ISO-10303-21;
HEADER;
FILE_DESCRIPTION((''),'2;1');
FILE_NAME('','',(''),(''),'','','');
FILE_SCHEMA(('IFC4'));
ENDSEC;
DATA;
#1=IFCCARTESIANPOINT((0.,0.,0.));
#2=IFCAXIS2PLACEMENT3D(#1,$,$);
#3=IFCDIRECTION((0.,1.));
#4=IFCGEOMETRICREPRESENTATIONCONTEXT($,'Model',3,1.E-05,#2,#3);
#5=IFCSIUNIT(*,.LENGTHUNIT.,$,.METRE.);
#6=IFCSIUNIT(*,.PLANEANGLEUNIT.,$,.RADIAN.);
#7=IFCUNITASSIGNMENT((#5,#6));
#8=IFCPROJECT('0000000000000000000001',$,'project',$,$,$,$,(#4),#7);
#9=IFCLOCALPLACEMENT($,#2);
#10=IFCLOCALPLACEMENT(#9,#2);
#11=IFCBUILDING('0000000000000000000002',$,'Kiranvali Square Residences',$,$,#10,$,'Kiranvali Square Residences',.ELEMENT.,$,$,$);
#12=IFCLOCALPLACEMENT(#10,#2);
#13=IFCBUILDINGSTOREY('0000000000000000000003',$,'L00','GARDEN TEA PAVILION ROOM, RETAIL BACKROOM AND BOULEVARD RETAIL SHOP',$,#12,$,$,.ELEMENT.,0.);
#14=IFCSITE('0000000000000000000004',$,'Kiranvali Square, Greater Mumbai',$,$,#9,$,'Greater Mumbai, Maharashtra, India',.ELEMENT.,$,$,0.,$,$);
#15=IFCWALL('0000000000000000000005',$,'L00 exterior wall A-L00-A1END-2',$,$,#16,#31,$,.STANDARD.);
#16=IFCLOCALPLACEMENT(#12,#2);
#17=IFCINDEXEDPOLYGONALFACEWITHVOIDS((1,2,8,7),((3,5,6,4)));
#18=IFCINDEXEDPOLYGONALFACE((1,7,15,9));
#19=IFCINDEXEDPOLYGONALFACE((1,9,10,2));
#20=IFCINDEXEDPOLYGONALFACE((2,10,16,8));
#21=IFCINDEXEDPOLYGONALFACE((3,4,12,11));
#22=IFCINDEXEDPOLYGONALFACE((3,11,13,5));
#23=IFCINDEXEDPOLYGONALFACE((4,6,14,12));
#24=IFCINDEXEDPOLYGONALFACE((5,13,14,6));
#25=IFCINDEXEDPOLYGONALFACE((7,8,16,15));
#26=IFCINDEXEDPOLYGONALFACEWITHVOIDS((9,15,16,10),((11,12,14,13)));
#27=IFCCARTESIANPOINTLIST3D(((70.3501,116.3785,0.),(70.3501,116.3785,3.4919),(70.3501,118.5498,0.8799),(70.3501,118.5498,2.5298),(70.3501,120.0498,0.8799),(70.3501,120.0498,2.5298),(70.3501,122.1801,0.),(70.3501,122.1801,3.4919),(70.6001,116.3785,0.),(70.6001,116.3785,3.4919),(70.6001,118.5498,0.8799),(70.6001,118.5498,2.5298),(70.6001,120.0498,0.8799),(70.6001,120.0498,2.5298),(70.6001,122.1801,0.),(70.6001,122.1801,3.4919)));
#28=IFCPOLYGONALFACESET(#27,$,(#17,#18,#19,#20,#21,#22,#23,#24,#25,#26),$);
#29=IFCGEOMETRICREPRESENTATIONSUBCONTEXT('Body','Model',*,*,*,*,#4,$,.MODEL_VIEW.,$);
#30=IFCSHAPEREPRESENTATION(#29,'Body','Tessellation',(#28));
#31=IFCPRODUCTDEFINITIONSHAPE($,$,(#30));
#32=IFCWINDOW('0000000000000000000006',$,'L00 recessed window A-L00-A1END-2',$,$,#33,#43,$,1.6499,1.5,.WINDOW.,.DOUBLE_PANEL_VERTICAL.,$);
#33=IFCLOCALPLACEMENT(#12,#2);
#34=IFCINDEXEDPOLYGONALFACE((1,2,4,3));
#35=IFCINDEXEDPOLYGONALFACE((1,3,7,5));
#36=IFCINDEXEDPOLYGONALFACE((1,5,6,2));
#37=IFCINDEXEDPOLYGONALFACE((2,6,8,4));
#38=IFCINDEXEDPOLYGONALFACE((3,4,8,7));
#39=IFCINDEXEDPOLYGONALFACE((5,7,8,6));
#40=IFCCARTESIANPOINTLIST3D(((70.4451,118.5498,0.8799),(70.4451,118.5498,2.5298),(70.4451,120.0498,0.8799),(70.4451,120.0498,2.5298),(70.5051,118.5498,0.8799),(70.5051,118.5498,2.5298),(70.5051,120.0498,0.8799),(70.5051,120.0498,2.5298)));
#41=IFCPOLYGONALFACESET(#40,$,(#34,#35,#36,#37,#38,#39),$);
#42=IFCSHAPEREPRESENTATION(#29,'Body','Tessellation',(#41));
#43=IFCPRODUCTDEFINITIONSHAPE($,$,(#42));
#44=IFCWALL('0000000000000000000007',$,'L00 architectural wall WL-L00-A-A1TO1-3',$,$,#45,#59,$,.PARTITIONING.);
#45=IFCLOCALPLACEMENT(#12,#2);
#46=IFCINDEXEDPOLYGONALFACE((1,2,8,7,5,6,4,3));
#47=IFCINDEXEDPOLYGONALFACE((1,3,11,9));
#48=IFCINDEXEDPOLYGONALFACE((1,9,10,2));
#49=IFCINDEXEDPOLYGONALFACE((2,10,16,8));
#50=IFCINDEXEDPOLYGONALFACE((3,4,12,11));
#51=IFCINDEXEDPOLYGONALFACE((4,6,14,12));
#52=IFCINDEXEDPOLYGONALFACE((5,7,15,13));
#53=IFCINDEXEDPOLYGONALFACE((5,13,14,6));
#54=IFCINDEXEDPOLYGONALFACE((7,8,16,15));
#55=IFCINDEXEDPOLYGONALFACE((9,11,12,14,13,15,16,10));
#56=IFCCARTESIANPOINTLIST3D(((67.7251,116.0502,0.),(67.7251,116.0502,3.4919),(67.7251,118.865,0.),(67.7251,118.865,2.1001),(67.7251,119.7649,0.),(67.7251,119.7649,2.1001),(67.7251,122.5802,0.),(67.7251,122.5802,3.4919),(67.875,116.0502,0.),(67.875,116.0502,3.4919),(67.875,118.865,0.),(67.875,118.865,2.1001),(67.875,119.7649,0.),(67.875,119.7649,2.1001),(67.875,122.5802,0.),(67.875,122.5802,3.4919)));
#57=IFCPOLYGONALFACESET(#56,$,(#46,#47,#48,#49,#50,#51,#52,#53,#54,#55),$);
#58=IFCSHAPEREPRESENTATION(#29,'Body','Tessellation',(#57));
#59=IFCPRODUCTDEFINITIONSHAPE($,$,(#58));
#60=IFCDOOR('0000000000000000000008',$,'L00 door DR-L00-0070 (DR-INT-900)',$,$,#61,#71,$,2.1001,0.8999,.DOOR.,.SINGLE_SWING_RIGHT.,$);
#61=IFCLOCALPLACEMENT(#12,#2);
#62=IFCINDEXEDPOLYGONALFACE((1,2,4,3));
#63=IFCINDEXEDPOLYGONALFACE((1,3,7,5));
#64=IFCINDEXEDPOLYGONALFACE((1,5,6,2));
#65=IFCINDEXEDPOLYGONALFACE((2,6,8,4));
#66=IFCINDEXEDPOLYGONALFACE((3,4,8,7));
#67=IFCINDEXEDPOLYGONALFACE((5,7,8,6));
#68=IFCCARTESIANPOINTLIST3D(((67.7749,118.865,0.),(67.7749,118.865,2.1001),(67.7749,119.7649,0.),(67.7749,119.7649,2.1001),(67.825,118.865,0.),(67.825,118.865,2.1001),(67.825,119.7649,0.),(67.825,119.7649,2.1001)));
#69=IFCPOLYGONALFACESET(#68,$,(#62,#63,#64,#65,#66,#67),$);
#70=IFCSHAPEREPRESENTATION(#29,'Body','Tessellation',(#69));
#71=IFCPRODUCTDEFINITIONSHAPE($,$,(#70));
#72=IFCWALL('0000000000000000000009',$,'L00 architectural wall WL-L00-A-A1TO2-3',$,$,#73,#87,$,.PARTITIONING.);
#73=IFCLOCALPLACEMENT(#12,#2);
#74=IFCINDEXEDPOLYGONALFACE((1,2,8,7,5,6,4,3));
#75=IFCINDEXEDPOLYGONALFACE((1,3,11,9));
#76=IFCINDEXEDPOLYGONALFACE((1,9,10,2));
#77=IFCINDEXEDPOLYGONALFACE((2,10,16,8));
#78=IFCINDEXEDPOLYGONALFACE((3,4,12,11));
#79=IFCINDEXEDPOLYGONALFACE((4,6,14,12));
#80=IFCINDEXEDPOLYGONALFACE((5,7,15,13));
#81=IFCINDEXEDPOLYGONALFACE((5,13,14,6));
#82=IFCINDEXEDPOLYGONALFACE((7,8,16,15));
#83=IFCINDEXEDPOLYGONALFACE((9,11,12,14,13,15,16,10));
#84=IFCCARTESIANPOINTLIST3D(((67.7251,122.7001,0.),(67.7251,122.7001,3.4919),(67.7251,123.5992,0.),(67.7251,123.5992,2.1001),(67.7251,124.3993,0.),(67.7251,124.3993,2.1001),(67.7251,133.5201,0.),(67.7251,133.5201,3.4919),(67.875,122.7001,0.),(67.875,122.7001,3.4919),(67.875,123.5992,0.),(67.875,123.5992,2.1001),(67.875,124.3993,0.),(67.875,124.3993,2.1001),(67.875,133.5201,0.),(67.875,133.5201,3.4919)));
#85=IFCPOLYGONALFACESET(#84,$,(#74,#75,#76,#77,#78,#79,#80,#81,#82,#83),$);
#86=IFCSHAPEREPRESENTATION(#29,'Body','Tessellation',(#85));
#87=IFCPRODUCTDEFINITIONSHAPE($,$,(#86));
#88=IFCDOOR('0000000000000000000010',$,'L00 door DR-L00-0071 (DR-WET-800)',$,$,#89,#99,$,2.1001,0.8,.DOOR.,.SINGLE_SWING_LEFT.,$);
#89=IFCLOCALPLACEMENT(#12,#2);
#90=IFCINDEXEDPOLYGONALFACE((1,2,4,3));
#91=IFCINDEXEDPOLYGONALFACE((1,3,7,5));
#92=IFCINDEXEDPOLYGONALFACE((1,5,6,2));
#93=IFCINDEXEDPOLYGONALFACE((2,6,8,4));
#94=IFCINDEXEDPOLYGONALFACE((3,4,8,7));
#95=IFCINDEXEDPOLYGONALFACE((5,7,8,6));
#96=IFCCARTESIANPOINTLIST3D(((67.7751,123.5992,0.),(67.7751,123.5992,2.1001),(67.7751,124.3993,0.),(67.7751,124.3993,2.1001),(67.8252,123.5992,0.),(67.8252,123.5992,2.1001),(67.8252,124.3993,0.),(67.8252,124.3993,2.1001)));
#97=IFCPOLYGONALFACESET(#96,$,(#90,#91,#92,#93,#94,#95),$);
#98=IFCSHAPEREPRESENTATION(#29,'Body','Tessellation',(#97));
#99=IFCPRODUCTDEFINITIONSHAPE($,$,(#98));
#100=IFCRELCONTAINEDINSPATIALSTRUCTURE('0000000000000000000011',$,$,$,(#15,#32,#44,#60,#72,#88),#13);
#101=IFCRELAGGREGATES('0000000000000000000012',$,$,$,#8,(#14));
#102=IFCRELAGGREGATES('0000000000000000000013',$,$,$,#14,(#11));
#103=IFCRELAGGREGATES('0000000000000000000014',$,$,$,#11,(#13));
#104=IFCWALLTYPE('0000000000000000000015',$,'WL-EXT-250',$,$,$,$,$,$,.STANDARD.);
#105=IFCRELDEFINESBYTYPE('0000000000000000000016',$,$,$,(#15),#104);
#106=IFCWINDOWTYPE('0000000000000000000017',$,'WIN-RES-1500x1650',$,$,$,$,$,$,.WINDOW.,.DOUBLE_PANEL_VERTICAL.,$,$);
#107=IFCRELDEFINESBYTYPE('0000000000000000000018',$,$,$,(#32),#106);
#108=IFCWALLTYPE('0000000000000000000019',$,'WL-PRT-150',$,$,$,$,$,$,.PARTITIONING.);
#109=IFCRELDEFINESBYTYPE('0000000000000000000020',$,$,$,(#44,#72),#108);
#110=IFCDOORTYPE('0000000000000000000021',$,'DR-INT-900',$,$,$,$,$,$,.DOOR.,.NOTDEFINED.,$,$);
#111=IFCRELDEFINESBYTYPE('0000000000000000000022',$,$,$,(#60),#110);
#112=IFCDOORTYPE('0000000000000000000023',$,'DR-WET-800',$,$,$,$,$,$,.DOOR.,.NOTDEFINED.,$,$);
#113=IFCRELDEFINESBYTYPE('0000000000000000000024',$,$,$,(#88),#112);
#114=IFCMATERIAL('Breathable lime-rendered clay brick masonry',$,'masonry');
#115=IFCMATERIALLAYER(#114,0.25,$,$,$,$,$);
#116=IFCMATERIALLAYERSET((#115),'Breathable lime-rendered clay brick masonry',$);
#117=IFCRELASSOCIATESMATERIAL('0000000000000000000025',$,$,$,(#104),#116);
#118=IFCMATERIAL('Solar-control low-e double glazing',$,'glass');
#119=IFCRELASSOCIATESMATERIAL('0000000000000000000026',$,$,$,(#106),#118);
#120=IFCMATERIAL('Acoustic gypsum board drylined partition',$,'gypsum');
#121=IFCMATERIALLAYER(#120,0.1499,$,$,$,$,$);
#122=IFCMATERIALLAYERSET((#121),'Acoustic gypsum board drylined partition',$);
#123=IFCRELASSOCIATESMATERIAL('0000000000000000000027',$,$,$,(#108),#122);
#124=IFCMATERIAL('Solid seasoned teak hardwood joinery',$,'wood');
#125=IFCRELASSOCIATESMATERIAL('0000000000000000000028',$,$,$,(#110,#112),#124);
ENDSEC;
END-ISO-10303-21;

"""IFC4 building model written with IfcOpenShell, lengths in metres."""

from ifc_helpers import new_model, si_unit, direction, frame, frame_2d, origin, place, context, subcontext, project, spatial, rectangle, extrude, material, layer, layer_set, type_object, element, fill, save


model = new_model("IFC4")

# Units and contexts
model_context = context("Model", 3, precision=1e-05, world=origin(), true_north=direction((0.0, 1.0)))
body_context = subcontext(model_context, "Body", "Model", "MODEL_VIEW")
ifc_project = project(units=[si_unit("LENGTHUNIT", "METRE"), si_unit("PLANEANGLEUNIT", "RADIAN")], contexts=[model_context])

# Site, building, storey
site_placement = place(None, origin())
site = spatial("IfcSite", under=ifc_project, at=site_placement, Name="Kiranvali Square, Greater Mumbai", LongName="Greater Mumbai, Maharashtra, India", CompositionType="ELEMENT", RefElevation=0.0)
building_placement = place(site_placement, origin())
building = spatial("IfcBuilding", under=site, at=building_placement, Name="Kiranvali Square Residences", LongName="Kiranvali Square Residences", CompositionType="ELEMENT")
storey_placement = place(building_placement, origin())
storey = spatial("IfcBuildingStorey", under=building, at=storey_placement, Name="L00", Description="GARDEN TEA PAVILION ROOM, RETAIL BACKROOM AND BOULEVARD RETAIL SHOP", CompositionType="ELEMENT", Elevation=0.0)

# Wall, opening, window
ifc_material_1 = material(Name="Breathable lime-rendered clay brick masonry", Category="masonry")
ifc_layer_1 = layer(ifc_material_1, 0.25)
ifc_layer_set_1 = layer_set([ifc_layer_1], Name="Breathable lime-rendered clay brick masonry")
wall_type_1 = type_object("IfcWallType", Name="WL-EXT-250", PredefinedType="STANDARD", material=ifc_layer_set_1)
wall_1_placement = place(storey_placement, frame((70.4751, 116.3784, 0.0), z_axis=(0.0, 0.0, 1.0), x_axis=(0.0, 1.0, 0.0)))
wall_1 = element("IfcWall", 1, at=wall_1_placement, inside=storey, type_object=wall_type_1, Name="L00 exterior wall A-L00-A1END-2", PredefinedType="STANDARD", context=body_context, shape_type="SweptSolid", body=[
    extrude(rectangle(XDim=5.8015, YDim=0.25, at=frame_2d((2.9009, 0.0))), origin(), (0.0, 0.0, 1.0), 3.4919),
])
opening_1_placement = place(wall_1_placement, frame((2.1714, 0.0, 0.8799)))
opening_1 = element("IfcOpeningElement", 2, at=opening_1_placement, cuts=wall_1, PredefinedType="OPENING", context=body_context, shape_type="SweptSolid", body=[
    extrude(rectangle(XDim=1.5, YDim=1.6499, at=frame_2d((0.75, 0.825))), frame((0.0, 0.135, 0.0), z_axis=(0.0, -1.0, 0.0), x_axis=(1.0, 0.0, 0.0)), (0.0, 0.0, 1.0), 0.27),
])
ifc_material_2 = material(Name="Solar-control low-e double glazing", Category="glass")
window_type = type_object("IfcWindowType", Name="WIN-RES-1500x1650", PartitioningType="DOUBLE_PANEL_VERTICAL", PredefinedType="WINDOW", material=ifc_material_2)
window_placement = place(opening_1_placement, origin())
window = element("IfcWindow", 3, at=window_placement, inside=storey, type_object=window_type, Name="L00 recessed window A-L00-A1END-2", OverallHeight=1.6499, OverallWidth=1.5, PartitioningType="DOUBLE_PANEL_VERTICAL", PredefinedType="WINDOW", context=body_context, shape_type="SweptSolid", body=[
    extrude(rectangle(XDim=1.5, YDim=1.6499, at=frame_2d((0.75, 0.825))), frame((0.0, 0.03, 0.0), z_axis=(0.0, -1.0, 0.0), x_axis=(1.0, 0.0, 0.0)), (0.0, 0.0, 1.0), 0.0601),
])
fill(opening_1, window)

# Walls, openings, doors
ifc_material_3 = material(Name="Acoustic gypsum board drylined partition", Category="gypsum")
ifc_layer_2 = layer(ifc_material_3, 0.1499)
ifc_layer_set_2 = layer_set([ifc_layer_2], Name="Acoustic gypsum board drylined partition")
wall_type_2 = type_object("IfcWallType", Name="WL-PRT-150", PredefinedType="PARTITIONING", material=ifc_layer_set_2)
wall_2_placement = place(storey_placement, frame((67.8, 116.05, 0.0), z_axis=(0.0, 0.0, 1.0), x_axis=(0.0, 1.0, 0.0)))
wall_2 = element("IfcWall", 4, at=wall_2_placement, inside=storey, type_object=wall_type_2, Name="L00 architectural wall WL-L00-A-A1TO1-3", PredefinedType="PARTITIONING", context=body_context, shape_type="SweptSolid", body=[
    extrude(rectangle(XDim=6.53, YDim=0.1499, at=frame_2d((3.2651, 0.0))), origin(), (0.0, 0.0, 1.0), 3.4919),
])
opening_2_placement = place(wall_2_placement, frame((2.8149, 0.0, 0.0)))
opening_2 = element("IfcOpeningElement", 5, at=opening_2_placement, cuts=wall_2, PredefinedType="OPENING", context=body_context, shape_type="SweptSolid", body=[
    extrude(rectangle(XDim=0.8999, YDim=2.1001, at=frame_2d((0.45, 1.05))), frame((0.0, 0.085, 0.0), z_axis=(0.0, -1.0, 0.0), x_axis=(1.0, 0.0, 0.0)), (0.0, 0.0, 1.0), 0.1699),
])
ifc_material_4 = material(Name="Solid seasoned teak hardwood joinery", Category="wood")
door_type_1 = type_object("IfcDoorType", Name="DR-INT-900", OperationType="NOTDEFINED", PredefinedType="DOOR", material=ifc_material_4)
door_1_placement = place(opening_2_placement, frame((0.8999, 0.0, 0.0), z_axis=(0.0, 0.0, 1.0), x_axis=(-1.0, 0.0, 0.0)))
door_1 = element("IfcDoor", 6, at=door_1_placement, inside=storey, type_object=door_type_1, Name="L00 door DR-L00-0070 (DR-INT-900)", OperationType="SINGLE_SWING_RIGHT", OverallHeight=2.1001, OverallWidth=0.8999, PredefinedType="DOOR", context=body_context, shape_type="SweptSolid", body=[
    extrude(rectangle(XDim=0.8999, YDim=2.1001, at=frame_2d((0.45, 1.05))), frame((0.0, 0.0249, 0.0), z_axis=(0.0, -1.0, 0.0), x_axis=(1.0, 0.0, 0.0)), (0.0, 0.0, 1.0), 0.05),
])
fill(opening_2, door_1)
wall_3_placement = place(storey_placement, frame((67.8, 122.7, 0.0), z_axis=(0.0, 0.0, 1.0), x_axis=(0.0, 1.0, 0.0)))
wall_3 = element("IfcWall", 7, at=wall_3_placement, inside=storey, type_object=wall_type_2, Name="L00 architectural wall WL-L00-A-A1TO2-3", PredefinedType="PARTITIONING", context=body_context, shape_type="SweptSolid", body=[
    extrude(rectangle(XDim=10.8201, YDim=0.1499, at=frame_2d((5.4102, 0.0))), origin(), (0.0, 0.0, 1.0), 3.4919),
])
opening_3_placement = place(wall_3_placement, frame((0.8994, 0.0, 0.0)))
opening_3 = element("IfcOpeningElement", 8, at=opening_3_placement, cuts=wall_3, PredefinedType="OPENING", context=body_context, shape_type="SweptSolid", body=[
    extrude(rectangle(XDim=0.8, YDim=2.1001, at=frame_2d((0.3999, 1.05))), frame((0.0, 0.085, 0.0), z_axis=(0.0, -1.0, 0.0), x_axis=(1.0, 0.0, 0.0)), (0.0, 0.0, 1.0), 0.1699),
])
door_type_2 = type_object("IfcDoorType", Name="DR-WET-800", OperationType="NOTDEFINED", PredefinedType="DOOR", material=ifc_material_4)
door_2_placement = place(opening_3_placement, origin())
door_2 = element("IfcDoor", 9, at=door_2_placement, inside=storey, type_object=door_type_2, Name="L00 door DR-L00-0071 (DR-WET-800)", OperationType="SINGLE_SWING_LEFT", OverallHeight=2.1001, OverallWidth=0.8, PredefinedType="DOOR", context=body_context, shape_type="SweptSolid", body=[
    extrude(rectangle(XDim=0.8, YDim=2.1001, at=frame_2d((0.3999, 1.05))), frame((0.0, 0.0249, 0.0), z_axis=(0.0, -1.0, 0.0), x_axis=(1.0, 0.0, 0.0)), (0.0, 0.0, 1.0), 0.05),
])
fill(opening_3, door_2)

save(model, "model.ifc")
